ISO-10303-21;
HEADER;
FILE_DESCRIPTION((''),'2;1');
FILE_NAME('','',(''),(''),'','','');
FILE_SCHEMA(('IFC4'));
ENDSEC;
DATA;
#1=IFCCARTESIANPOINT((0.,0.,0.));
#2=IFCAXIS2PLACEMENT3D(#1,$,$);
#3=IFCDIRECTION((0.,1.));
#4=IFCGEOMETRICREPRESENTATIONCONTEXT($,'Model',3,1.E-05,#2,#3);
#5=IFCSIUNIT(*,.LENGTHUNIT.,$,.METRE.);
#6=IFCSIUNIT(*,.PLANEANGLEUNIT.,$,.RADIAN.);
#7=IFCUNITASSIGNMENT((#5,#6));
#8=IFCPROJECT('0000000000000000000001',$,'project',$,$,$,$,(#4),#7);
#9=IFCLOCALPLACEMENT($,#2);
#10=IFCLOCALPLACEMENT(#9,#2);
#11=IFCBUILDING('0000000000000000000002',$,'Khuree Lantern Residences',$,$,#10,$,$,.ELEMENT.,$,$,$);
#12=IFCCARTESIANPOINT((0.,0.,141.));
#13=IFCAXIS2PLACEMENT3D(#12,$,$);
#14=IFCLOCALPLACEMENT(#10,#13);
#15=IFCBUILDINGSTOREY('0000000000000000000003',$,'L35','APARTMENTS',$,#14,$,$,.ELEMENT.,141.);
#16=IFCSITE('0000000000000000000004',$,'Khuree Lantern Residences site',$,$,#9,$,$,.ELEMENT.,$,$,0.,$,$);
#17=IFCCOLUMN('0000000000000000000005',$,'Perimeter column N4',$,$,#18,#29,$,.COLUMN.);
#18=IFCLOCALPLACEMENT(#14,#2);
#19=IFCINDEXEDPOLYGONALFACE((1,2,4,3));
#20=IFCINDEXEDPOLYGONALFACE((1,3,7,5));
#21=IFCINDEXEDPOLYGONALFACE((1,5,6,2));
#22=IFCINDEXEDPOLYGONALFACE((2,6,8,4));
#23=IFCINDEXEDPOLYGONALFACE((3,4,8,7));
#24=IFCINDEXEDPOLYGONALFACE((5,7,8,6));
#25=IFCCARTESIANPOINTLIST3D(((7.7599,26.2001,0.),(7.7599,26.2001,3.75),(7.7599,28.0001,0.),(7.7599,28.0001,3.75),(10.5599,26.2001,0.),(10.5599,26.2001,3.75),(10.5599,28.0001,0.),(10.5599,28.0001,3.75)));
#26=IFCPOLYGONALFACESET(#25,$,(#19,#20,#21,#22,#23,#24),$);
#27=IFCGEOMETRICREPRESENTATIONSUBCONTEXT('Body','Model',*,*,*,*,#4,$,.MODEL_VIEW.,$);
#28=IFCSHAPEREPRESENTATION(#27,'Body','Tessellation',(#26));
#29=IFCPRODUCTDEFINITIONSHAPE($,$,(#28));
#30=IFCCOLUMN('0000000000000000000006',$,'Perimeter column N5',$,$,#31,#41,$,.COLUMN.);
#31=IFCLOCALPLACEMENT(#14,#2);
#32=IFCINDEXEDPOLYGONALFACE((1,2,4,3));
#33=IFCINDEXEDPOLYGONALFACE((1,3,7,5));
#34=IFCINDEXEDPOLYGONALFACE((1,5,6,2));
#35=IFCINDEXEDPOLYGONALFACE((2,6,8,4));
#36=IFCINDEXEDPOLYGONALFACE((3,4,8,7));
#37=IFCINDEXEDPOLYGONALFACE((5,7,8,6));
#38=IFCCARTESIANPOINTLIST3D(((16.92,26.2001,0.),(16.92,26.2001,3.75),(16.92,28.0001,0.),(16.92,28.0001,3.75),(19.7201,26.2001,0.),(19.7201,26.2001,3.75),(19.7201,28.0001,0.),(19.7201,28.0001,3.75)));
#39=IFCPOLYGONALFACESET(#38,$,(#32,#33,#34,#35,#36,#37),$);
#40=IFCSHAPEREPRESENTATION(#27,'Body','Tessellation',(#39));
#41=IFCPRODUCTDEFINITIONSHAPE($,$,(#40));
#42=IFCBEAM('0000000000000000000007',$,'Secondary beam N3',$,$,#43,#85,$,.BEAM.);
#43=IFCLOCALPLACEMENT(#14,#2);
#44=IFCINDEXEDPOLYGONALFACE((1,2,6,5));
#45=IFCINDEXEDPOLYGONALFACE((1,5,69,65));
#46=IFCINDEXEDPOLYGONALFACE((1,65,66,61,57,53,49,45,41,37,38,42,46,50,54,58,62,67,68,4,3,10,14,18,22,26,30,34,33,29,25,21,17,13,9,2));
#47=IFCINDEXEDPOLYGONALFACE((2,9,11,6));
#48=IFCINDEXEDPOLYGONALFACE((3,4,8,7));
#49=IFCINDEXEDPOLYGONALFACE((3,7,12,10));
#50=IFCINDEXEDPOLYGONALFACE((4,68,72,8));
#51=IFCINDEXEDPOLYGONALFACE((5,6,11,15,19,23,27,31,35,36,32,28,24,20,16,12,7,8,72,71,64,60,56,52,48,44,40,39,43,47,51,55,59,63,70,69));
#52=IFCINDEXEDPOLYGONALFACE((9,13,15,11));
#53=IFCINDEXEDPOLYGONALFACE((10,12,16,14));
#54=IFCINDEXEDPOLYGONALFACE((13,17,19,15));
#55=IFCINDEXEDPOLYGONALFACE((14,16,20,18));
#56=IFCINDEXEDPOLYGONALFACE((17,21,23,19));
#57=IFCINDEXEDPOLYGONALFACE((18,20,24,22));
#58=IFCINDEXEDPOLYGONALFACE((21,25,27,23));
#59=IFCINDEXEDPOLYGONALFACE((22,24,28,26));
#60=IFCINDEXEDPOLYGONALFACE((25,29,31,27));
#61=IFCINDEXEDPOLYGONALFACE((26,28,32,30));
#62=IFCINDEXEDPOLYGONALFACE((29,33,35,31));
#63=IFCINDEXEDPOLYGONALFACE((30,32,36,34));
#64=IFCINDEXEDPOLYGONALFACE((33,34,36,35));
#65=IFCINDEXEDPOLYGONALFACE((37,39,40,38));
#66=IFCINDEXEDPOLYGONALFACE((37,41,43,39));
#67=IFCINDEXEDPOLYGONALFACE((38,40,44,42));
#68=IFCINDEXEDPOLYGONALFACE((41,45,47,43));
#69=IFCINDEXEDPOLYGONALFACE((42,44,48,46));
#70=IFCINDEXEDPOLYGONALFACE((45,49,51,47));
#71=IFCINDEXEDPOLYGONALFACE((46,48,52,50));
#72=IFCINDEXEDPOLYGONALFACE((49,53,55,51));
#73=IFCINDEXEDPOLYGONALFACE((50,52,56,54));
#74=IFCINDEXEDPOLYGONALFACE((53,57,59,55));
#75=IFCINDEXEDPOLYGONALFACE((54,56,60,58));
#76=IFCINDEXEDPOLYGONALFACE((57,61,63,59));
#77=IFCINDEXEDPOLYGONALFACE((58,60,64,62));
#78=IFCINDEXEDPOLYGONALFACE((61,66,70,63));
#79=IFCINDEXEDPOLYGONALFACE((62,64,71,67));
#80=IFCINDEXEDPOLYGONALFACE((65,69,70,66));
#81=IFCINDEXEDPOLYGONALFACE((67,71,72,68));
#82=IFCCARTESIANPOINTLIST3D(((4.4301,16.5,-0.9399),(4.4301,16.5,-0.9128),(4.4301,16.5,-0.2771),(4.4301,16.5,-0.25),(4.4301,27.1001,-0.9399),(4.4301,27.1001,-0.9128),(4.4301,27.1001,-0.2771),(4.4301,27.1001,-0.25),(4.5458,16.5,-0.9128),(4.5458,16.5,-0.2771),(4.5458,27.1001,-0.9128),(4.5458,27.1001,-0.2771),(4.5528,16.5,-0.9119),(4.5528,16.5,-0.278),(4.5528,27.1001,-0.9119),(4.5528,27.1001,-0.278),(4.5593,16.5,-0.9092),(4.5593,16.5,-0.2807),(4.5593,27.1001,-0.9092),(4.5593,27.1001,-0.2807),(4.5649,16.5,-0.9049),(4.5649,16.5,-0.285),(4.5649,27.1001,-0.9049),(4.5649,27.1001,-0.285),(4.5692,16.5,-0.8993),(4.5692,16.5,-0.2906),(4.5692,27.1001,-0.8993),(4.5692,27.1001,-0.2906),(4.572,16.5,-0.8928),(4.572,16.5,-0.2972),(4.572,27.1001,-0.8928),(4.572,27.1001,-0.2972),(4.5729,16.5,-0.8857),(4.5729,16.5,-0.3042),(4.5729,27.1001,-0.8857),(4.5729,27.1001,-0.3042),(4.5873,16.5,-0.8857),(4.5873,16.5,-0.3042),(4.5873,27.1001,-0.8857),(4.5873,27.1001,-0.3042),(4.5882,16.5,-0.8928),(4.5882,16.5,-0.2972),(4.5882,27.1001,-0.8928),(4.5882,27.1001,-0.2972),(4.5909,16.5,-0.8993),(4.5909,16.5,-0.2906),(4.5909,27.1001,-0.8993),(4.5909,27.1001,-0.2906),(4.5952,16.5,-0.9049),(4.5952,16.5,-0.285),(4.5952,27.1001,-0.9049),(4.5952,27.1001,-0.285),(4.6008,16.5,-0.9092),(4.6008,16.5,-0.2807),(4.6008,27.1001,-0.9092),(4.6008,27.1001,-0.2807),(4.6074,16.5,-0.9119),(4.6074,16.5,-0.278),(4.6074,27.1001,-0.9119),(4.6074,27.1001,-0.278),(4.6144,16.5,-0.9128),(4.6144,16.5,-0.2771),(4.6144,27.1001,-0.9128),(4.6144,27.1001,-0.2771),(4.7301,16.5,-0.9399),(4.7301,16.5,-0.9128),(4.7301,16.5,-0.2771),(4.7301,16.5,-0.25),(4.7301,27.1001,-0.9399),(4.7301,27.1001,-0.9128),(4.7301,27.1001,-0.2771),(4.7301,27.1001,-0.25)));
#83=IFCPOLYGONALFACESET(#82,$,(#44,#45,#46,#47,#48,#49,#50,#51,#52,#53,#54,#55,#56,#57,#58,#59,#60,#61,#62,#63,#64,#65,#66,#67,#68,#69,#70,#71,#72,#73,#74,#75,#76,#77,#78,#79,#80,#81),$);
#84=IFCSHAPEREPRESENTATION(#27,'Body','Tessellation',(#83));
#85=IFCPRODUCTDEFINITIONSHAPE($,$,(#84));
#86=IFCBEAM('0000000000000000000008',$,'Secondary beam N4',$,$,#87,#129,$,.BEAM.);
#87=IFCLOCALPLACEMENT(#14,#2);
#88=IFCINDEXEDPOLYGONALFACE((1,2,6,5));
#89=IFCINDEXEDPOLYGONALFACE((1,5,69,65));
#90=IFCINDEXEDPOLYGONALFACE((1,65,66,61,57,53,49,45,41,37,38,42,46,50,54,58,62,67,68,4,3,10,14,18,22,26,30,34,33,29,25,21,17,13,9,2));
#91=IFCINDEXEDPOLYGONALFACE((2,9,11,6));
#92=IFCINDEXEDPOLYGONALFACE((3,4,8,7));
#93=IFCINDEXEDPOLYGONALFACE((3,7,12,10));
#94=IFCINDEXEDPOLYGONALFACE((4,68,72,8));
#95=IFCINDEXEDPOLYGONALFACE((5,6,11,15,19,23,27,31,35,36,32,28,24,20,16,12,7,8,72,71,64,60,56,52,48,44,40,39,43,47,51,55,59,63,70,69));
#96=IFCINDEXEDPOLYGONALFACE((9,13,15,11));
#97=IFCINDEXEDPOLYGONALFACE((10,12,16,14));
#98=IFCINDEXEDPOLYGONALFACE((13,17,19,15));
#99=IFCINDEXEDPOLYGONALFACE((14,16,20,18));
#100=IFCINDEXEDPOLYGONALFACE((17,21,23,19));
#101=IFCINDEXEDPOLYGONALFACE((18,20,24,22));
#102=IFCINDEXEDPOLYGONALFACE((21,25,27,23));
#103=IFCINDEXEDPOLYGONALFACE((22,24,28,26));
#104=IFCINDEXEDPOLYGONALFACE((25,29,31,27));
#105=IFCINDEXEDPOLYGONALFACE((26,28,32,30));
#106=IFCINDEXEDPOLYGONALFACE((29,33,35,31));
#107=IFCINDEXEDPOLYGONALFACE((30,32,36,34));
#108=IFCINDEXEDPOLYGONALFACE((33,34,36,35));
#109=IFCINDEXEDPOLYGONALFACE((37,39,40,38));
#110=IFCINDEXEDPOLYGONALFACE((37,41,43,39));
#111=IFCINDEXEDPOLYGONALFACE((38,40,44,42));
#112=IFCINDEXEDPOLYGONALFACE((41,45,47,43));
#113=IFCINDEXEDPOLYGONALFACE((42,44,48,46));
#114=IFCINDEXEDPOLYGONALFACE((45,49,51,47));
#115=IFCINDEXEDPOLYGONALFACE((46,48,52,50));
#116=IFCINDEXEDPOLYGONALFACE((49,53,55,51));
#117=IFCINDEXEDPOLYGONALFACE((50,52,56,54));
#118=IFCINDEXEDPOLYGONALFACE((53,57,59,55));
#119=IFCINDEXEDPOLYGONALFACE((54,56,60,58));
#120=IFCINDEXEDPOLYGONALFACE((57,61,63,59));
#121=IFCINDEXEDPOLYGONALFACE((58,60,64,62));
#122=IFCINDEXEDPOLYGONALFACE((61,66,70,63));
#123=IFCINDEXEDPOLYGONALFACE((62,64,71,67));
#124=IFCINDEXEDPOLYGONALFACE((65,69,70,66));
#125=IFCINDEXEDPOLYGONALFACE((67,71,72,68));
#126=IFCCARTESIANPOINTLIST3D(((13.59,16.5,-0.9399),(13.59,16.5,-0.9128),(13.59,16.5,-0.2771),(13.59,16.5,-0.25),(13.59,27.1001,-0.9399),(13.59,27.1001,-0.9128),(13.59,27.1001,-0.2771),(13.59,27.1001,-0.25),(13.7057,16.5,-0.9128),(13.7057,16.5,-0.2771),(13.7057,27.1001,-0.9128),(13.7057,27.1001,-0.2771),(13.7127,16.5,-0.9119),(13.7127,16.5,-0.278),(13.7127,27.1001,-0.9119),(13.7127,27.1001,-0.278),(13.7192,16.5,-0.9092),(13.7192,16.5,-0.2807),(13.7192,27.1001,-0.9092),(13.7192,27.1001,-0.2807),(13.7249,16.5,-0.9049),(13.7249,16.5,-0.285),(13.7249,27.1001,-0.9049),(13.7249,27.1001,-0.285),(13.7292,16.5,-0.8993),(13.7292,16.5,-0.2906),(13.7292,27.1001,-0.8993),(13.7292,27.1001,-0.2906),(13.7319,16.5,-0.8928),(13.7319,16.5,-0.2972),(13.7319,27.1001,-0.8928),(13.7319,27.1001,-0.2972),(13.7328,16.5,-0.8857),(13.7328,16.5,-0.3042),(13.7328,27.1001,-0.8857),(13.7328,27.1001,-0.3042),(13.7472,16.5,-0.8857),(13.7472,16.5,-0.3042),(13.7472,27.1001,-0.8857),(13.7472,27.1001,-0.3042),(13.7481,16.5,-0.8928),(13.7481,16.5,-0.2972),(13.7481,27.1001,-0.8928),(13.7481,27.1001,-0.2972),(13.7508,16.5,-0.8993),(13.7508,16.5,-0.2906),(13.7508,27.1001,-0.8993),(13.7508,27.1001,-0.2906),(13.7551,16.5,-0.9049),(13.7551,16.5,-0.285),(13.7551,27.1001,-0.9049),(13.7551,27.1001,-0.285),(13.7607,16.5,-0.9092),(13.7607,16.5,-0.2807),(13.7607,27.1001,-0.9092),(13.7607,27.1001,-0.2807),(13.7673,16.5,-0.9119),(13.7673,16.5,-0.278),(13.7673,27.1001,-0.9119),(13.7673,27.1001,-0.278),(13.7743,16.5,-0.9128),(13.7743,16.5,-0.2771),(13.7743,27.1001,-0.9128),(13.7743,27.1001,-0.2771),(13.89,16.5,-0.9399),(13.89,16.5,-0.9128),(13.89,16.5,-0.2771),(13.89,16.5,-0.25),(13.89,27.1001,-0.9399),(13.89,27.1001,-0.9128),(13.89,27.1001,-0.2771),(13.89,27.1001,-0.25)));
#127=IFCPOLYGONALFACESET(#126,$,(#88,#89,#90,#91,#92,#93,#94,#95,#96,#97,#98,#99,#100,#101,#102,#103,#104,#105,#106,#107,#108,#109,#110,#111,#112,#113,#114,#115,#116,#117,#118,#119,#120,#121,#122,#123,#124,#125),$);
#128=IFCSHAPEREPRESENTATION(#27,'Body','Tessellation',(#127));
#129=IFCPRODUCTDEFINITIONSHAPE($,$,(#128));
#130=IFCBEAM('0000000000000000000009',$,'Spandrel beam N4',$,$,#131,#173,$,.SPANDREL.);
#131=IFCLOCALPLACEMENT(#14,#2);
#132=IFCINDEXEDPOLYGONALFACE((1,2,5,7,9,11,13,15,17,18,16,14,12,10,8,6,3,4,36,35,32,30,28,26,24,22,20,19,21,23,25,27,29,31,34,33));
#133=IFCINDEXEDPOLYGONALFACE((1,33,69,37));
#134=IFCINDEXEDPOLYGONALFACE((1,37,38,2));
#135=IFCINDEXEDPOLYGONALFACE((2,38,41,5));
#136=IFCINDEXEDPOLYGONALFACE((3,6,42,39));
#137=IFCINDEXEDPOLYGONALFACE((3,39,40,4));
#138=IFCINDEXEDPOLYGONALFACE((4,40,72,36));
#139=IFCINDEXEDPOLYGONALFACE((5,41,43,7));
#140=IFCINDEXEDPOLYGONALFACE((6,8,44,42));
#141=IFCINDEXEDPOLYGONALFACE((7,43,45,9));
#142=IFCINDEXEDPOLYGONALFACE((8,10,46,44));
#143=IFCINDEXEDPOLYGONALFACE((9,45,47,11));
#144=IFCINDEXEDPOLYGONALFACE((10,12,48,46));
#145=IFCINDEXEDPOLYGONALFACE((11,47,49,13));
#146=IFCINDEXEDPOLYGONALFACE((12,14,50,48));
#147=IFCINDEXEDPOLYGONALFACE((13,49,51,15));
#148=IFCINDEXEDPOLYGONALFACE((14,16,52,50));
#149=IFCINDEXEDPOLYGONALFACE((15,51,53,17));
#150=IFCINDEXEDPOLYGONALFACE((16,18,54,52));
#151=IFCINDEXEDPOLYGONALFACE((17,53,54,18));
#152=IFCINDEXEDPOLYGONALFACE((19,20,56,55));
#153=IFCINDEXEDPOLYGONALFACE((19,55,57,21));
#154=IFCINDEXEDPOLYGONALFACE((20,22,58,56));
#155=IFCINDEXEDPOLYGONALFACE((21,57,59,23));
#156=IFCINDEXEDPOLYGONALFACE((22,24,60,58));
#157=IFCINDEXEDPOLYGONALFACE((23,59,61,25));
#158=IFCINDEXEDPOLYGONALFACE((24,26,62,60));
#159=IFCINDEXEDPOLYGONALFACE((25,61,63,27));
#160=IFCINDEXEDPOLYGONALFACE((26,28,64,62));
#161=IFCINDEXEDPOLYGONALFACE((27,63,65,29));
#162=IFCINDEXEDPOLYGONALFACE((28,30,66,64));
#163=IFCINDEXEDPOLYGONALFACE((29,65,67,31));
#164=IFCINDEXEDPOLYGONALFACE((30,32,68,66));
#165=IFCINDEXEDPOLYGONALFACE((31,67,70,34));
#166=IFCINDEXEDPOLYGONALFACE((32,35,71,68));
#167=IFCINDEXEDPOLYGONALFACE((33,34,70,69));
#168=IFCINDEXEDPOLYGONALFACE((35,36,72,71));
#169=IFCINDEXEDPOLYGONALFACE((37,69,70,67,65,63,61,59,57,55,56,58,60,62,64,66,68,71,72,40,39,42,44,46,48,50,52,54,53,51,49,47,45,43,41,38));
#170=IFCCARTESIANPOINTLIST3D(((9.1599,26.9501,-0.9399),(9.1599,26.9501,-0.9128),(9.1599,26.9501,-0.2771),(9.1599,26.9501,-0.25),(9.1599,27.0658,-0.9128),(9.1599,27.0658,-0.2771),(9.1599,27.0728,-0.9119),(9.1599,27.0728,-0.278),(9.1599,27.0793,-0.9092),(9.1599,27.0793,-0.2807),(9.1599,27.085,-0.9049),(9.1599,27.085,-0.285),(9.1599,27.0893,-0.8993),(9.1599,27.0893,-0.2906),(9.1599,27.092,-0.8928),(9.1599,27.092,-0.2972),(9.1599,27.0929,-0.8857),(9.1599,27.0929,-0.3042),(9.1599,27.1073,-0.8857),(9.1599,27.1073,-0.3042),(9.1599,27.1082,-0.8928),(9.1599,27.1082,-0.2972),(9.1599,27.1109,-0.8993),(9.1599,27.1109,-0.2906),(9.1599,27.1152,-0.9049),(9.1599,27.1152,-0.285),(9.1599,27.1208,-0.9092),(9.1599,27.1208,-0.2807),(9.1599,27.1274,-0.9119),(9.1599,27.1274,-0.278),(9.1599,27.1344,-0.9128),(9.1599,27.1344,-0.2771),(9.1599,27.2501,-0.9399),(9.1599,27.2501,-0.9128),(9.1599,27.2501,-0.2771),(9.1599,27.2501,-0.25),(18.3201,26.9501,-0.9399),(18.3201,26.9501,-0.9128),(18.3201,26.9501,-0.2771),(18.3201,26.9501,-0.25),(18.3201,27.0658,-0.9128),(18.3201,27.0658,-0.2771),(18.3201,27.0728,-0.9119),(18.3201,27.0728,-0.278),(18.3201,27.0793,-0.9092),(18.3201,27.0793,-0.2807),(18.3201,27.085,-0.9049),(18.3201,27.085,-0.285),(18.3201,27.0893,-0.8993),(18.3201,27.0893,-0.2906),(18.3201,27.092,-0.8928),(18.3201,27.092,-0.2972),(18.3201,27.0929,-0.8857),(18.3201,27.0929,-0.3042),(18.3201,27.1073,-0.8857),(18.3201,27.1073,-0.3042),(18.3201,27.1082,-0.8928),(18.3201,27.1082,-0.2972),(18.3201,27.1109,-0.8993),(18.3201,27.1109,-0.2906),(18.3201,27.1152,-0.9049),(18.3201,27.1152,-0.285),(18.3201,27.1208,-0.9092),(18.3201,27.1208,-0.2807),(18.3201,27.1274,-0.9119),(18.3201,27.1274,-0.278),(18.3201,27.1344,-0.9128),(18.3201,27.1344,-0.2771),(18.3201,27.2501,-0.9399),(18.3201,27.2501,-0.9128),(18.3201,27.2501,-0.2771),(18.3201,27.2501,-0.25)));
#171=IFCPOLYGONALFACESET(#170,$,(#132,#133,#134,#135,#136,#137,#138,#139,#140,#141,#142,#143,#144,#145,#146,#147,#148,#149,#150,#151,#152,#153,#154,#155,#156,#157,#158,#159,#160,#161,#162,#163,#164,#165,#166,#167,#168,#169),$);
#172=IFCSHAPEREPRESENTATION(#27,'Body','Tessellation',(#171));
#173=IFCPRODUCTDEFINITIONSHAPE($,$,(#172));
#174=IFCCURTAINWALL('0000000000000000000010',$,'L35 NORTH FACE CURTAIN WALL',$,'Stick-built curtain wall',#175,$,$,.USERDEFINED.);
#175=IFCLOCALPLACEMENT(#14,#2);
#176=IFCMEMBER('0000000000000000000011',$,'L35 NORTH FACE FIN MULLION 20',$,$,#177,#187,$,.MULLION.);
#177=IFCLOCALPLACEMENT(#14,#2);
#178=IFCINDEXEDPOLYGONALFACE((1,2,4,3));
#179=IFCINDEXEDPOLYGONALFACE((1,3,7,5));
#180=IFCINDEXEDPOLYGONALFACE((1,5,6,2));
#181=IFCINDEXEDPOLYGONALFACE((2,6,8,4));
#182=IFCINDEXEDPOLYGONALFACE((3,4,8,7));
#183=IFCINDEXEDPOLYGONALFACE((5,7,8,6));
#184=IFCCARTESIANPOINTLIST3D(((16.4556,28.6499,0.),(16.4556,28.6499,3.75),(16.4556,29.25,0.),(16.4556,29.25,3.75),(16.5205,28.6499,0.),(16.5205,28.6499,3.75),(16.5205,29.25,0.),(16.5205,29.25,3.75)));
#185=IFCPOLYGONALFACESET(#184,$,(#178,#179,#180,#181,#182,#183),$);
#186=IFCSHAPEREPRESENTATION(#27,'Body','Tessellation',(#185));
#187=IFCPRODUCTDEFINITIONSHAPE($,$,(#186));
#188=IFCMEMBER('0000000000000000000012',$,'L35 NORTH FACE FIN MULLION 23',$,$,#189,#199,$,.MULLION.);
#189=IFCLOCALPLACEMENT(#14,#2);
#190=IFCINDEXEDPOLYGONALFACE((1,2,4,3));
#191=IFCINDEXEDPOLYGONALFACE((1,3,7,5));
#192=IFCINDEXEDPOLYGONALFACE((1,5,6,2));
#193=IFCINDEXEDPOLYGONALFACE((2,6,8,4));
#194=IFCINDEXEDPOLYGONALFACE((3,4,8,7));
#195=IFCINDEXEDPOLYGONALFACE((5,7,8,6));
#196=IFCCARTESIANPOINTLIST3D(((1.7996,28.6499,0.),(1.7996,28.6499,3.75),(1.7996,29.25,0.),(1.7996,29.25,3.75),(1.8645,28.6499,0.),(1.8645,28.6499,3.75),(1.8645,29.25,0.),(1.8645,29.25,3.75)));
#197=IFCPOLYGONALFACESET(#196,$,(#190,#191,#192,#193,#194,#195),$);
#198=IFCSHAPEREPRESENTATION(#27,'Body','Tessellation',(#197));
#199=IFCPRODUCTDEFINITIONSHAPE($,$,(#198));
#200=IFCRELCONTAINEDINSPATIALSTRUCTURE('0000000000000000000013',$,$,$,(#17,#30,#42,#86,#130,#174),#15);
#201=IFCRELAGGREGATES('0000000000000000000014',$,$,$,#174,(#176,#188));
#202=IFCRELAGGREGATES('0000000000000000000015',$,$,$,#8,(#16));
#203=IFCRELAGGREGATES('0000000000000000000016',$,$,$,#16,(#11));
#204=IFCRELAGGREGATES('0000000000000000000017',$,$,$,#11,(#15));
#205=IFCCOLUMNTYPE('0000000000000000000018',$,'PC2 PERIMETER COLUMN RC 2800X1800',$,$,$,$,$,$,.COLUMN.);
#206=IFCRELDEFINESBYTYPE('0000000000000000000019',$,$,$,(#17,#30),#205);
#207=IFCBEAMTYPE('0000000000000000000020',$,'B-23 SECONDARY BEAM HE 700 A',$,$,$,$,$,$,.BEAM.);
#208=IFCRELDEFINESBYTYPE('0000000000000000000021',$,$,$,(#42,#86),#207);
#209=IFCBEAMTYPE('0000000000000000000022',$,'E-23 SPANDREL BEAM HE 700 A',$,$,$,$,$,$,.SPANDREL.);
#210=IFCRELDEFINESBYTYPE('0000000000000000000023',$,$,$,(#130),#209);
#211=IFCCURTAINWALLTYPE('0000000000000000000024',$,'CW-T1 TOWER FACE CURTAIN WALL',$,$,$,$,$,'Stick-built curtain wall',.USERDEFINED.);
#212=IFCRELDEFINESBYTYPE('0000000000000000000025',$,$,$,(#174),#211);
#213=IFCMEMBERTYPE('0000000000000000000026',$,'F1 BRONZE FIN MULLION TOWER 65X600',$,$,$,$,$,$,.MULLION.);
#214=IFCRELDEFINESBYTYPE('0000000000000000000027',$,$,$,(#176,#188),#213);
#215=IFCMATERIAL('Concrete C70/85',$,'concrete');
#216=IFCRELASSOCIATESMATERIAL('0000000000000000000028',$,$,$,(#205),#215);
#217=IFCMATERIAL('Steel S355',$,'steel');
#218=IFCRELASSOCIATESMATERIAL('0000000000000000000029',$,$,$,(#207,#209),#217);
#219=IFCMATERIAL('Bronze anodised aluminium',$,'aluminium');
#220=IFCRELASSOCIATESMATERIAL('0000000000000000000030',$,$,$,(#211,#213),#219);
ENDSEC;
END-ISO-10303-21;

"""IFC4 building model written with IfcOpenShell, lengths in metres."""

from ifc_helpers import new_model, si_unit, direction, frame, origin, origin_2d, place, context, subcontext, project, spatial, rectangle, i_section, extrude, material, material_profile, profile_set, type_object, element, aggregate, save


model = new_model("IFC4")

# Units and contexts
model_context = context("Model", 3, precision=1e-05, world=origin(), true_north=direction((0.0, 1.0)))
body_context = subcontext(model_context, "Body", "Model", "MODEL_VIEW")
ifc_project = project(units=[si_unit("LENGTHUNIT", "METRE"), si_unit("PLANEANGLEUNIT", "RADIAN")], contexts=[model_context])

# Site, building, storey
site_placement = place(None, origin())
site = spatial("IfcSite", under=ifc_project, at=site_placement, Name="Khuree Lantern Residences site", CompositionType="ELEMENT", RefElevation=0.0)
building_placement = place(site_placement, origin())
building = spatial("IfcBuilding", under=site, at=building_placement, Name="Khuree Lantern Residences", CompositionType="ELEMENT")
storey_placement = place(building_placement, frame((0.0, 0.0, 141.0)))
storey = spatial("IfcBuildingStorey", under=building, at=storey_placement, Name="L35", Description="APARTMENTS", CompositionType="ELEMENT", Elevation=141.0)

# Columns
ifc_material_1 = material(Name="Concrete C70/85", Category="concrete")
ifc_material_profile_1 = material_profile(ifc_material_1, rectangle(XDim=2.8, YDim=1.8, at=origin_2d()), Name="RC 2800X1800")
ifc_profile_set_1 = profile_set([ifc_material_profile_1], Name="Concrete C70/85")
column_type = type_object("IfcColumnType", Name="PC2 PERIMETER COLUMN RC 2800X1800", PredefinedType="COLUMN", material=ifc_profile_set_1)
for number, where, z_axis, x_axis, name in (
    (1, (9.1599, 27.1001, 0.0), (0.0, 0.0, 1.0), (1.0, 0.0, 0.0), "Perimeter column N4"),
    (2, (18.3201, 27.1001, 0.0), (0.0, 0.0, 1.0), (1.0, 0.0, 0.0), "Perimeter column N5"),
):
    element("IfcColumn", number, at=place(storey_placement, frame(where, z_axis=z_axis, x_axis=x_axis)), inside=storey, type_object=column_type, Name=name, PredefinedType="COLUMN", context=body_context, shape_type="SweptSolid", body=[
        extrude(rectangle(XDim=2.8, YDim=1.8, at=origin_2d()), origin(), (0.0, 0.0, 1.0), 3.75),
    ])

# Beams
ifc_material_2 = material(Name="Steel S355", Category="steel")
ifc_material_profile_2 = material_profile(ifc_material_2, i_section(OverallWidth=0.3, OverallDepth=0.6899, WebThickness=0.0144, FlangeThickness=0.0271, FilletRadius=0.0271, at=origin_2d()), Name="HE 700 A")
ifc_profile_set_2 = profile_set([ifc_material_profile_2], Name="Steel S355")
beam_type_1 = type_object("IfcBeamType", Name="B-23 SECONDARY BEAM HE 700 A", PredefinedType="BEAM", material=ifc_profile_set_2)
for number, where, z_axis, x_axis, name in (
    (3, (4.5801, 27.1001, -0.595), (0.0, -1.0, 0.0), (1.0, 0.0, 0.0), "Secondary beam N3"),
    (4, (13.74, 27.1001, -0.595), (0.0, -1.0, 0.0), (1.0, 0.0, 0.0), "Secondary beam N4"),
):
    element("IfcBeam", number, at=place(storey_placement, frame(where, z_axis=z_axis, x_axis=x_axis)), inside=storey, type_object=beam_type_1, Name=name, PredefinedType="BEAM", context=body_context, shape_type="SweptSolid", body=[
        extrude(i_section(OverallWidth=0.3, OverallDepth=0.6899, WebThickness=0.0144, FlangeThickness=0.0271, FilletRadius=0.0271, at=origin_2d()), origin(), (0.0, 0.0, 1.0), 10.6001),
    ])
ifc_material_profile_3 = material_profile(ifc_material_2, i_section(OverallWidth=0.3, OverallDepth=0.6899, WebThickness=0.0144, FlangeThickness=0.0271, FilletRadius=0.0271, at=origin_2d()), Name="HE 700 A")
ifc_profile_set_3 = profile_set([ifc_material_profile_3], Name="Steel S355")
beam_type_2 = type_object("IfcBeamType", Name="E-23 SPANDREL BEAM HE 700 A", PredefinedType="SPANDREL", material=ifc_profile_set_3)
beam_1_placement = place(storey_placement, frame((9.1599, 27.1001, -0.595), z_axis=(1.0, 0.0, 0.0), x_axis=(0.0, 1.0, 0.0)))
element("IfcBeam", 5, at=beam_1_placement, inside=storey, type_object=beam_type_2, Name="Spandrel beam N4", PredefinedType="SPANDREL", context=body_context, shape_type="SweptSolid", body=[
    extrude(i_section(OverallWidth=0.3, OverallDepth=0.6899, WebThickness=0.0144, FlangeThickness=0.0271, FilletRadius=0.0271, at=origin_2d()), origin(), (0.0, 0.0, 1.0), 9.1602),
])

# Curtain wall, members
ifc_material_3 = material(Name="Bronze anodised aluminium", Category="aluminium")
curtain_wall_type = type_object("IfcCurtainWallType", Name="CW-T1 TOWER FACE CURTAIN WALL", ElementType="Stick-built curtain wall", PredefinedType="USERDEFINED", material=ifc_material_3)
curtain_wall_placement = place(storey_placement, origin())
curtain_wall = element("IfcCurtainWall", 6, at=curtain_wall_placement, inside=storey, type_object=curtain_wall_type, Name="L35 NORTH FACE CURTAIN WALL", ObjectType="Stick-built curtain wall", PredefinedType="USERDEFINED")
ifc_material_profile_4 = material_profile(ifc_material_3, rectangle(XDim=0.0649, YDim=0.6001, at=origin_2d()), Name="F1 65X600")
ifc_profile_set_4 = profile_set([ifc_material_profile_4], Name="Bronze anodised aluminium")
member_type_1 = type_object("IfcMemberType", Name="F1 BRONZE FIN MULLION TOWER 65X600", PredefinedType="MULLION", material=ifc_profile_set_4)
member_1_placement = place(storey_placement, frame((16.488, 28.95, 0.0), z_axis=(0.0, 0.0, 1.0), x_axis=(-1.0, 0.0, 0.0)))
member_1 = element("IfcMember", 7, at=member_1_placement, type_object=member_type_1, Name="L35 NORTH FACE FIN MULLION 20", PredefinedType="MULLION", context=body_context, shape_type="SweptSolid", body=[
    extrude(rectangle(XDim=0.0649, YDim=0.6001, at=origin_2d()), origin(), (0.0, 0.0, 1.0), 3.75),
])
member_2_placement = place(storey_placement, frame((1.832, 28.95, 0.0), z_axis=(0.0, 0.0, 1.0), x_axis=(-1.0, 0.0, 0.0)))
member_2 = element("IfcMember", 8, at=member_2_placement, type_object=member_type_1, Name="L35 NORTH FACE FIN MULLION 23", PredefinedType="MULLION", context=body_context, shape_type="SweptSolid", body=[
    extrude(rectangle(XDim=0.0649, YDim=0.6001, at=origin_2d()), origin(), (0.0, 0.0, 1.0), 3.75),
])

aggregate(curtain_wall, [member_1, member_2])

save(model, "model.ifc")
